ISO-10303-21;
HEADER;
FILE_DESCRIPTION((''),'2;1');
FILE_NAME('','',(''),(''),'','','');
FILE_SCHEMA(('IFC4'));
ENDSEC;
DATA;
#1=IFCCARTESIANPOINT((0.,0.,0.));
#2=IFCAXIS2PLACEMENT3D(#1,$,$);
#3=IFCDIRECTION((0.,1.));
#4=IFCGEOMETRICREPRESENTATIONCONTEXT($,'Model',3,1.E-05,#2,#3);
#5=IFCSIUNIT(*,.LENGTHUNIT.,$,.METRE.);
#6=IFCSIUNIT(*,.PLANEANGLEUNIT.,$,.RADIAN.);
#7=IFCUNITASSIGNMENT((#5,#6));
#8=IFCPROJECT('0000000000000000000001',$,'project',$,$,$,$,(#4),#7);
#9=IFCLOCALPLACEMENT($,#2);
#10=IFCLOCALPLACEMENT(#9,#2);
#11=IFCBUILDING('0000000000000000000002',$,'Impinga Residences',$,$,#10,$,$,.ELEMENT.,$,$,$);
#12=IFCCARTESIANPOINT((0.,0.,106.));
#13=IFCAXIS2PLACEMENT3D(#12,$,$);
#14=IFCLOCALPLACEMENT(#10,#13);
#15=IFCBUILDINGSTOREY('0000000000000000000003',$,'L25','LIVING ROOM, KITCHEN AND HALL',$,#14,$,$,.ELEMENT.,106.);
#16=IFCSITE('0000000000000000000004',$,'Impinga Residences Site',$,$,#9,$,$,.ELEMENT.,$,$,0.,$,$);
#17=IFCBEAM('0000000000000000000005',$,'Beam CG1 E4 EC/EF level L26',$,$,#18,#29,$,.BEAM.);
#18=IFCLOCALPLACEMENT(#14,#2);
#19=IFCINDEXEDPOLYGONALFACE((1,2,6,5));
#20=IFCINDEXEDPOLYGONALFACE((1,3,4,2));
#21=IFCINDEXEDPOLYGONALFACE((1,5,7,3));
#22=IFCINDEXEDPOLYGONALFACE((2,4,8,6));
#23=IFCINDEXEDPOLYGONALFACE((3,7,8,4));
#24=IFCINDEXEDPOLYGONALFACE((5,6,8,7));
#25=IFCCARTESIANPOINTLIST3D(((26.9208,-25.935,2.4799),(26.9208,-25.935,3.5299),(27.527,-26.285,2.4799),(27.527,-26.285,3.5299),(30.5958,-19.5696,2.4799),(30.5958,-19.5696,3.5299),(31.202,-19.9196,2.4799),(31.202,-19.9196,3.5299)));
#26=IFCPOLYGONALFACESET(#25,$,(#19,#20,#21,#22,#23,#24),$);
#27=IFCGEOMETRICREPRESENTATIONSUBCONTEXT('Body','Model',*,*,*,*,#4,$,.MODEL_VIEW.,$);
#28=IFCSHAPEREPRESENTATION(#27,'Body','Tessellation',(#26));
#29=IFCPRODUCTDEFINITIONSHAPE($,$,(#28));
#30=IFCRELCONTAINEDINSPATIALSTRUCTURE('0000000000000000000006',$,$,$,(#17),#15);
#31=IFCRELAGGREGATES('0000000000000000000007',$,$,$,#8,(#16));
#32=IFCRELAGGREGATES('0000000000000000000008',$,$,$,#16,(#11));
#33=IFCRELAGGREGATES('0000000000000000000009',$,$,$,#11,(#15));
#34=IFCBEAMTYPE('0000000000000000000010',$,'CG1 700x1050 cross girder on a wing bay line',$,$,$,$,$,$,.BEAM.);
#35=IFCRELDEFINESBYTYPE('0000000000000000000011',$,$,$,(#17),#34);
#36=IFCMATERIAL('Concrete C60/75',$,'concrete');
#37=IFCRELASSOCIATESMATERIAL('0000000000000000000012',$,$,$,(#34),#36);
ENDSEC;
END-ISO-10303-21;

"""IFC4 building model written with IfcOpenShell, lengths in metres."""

from ifc_helpers import new_model, si_unit, direction, frame, origin, origin_2d, place, context, subcontext, project, spatial, rectangle, extrude, material, material_profile, profile_set, type_object, element, save


model = new_model("IFC4")

# Units and contexts
model_context = context("Model", 3, precision=1e-05, world=origin(), true_north=direction((0.0, 1.0)))
body_context = subcontext(model_context, "Body", "Model", "MODEL_VIEW")
ifc_project = project(units=[si_unit("LENGTHUNIT", "METRE"), si_unit("PLANEANGLEUNIT", "RADIAN")], contexts=[model_context])

# Site, building, storey
site_placement = place(None, origin())
site = spatial("IfcSite", under=ifc_project, at=site_placement, Name="Impinga Residences Site", CompositionType="ELEMENT", RefElevation=0.0)
building_placement = place(site_placement, origin())
building = spatial("IfcBuilding", under=site, at=building_placement, Name="Impinga Residences", CompositionType="ELEMENT")
storey_placement = place(building_placement, frame((0.0, 0.0, 106.0)))
storey = spatial("IfcBuildingStorey", under=building, at=storey_placement, Name="L25", Description="LIVING ROOM, KITCHEN AND HALL", CompositionType="ELEMENT", Elevation=106.0)

# Beam
ifc_material_1 = material(Name="Concrete C60/75", Category="concrete")
ifc_material_profile = material_profile(ifc_material_1, rectangle(XDim=0.7, YDim=1.05, at=origin_2d()), Name="RC 700x1050")
ifc_profile_set = profile_set([ifc_material_profile], Name="Concrete C60/75")
beam_type = type_object("IfcBeamType", Name="CG1 700x1050 cross girder on a wing bay line", PredefinedType="BEAM", material=ifc_profile_set)
beam_placement = place(storey_placement, frame((30.8989, -19.7446, 3.0049), z_axis=(-0.499994, -0.866029, 0.0), x_axis=(0.866029, -0.499994, 0.0)))
element("IfcBeam", 1, at=beam_placement, inside=storey, type_object=beam_type, Name="Beam CG1 E4 EC/EF level L26", PredefinedType="BEAM", context=body_context, shape_type="SweptSolid", body=[
    extrude(rectangle(XDim=0.7, YDim=1.05, at=origin_2d()), origin(), (0.0, 0.0, 1.0), 7.3501),
])

save(model, "model.ifc")
